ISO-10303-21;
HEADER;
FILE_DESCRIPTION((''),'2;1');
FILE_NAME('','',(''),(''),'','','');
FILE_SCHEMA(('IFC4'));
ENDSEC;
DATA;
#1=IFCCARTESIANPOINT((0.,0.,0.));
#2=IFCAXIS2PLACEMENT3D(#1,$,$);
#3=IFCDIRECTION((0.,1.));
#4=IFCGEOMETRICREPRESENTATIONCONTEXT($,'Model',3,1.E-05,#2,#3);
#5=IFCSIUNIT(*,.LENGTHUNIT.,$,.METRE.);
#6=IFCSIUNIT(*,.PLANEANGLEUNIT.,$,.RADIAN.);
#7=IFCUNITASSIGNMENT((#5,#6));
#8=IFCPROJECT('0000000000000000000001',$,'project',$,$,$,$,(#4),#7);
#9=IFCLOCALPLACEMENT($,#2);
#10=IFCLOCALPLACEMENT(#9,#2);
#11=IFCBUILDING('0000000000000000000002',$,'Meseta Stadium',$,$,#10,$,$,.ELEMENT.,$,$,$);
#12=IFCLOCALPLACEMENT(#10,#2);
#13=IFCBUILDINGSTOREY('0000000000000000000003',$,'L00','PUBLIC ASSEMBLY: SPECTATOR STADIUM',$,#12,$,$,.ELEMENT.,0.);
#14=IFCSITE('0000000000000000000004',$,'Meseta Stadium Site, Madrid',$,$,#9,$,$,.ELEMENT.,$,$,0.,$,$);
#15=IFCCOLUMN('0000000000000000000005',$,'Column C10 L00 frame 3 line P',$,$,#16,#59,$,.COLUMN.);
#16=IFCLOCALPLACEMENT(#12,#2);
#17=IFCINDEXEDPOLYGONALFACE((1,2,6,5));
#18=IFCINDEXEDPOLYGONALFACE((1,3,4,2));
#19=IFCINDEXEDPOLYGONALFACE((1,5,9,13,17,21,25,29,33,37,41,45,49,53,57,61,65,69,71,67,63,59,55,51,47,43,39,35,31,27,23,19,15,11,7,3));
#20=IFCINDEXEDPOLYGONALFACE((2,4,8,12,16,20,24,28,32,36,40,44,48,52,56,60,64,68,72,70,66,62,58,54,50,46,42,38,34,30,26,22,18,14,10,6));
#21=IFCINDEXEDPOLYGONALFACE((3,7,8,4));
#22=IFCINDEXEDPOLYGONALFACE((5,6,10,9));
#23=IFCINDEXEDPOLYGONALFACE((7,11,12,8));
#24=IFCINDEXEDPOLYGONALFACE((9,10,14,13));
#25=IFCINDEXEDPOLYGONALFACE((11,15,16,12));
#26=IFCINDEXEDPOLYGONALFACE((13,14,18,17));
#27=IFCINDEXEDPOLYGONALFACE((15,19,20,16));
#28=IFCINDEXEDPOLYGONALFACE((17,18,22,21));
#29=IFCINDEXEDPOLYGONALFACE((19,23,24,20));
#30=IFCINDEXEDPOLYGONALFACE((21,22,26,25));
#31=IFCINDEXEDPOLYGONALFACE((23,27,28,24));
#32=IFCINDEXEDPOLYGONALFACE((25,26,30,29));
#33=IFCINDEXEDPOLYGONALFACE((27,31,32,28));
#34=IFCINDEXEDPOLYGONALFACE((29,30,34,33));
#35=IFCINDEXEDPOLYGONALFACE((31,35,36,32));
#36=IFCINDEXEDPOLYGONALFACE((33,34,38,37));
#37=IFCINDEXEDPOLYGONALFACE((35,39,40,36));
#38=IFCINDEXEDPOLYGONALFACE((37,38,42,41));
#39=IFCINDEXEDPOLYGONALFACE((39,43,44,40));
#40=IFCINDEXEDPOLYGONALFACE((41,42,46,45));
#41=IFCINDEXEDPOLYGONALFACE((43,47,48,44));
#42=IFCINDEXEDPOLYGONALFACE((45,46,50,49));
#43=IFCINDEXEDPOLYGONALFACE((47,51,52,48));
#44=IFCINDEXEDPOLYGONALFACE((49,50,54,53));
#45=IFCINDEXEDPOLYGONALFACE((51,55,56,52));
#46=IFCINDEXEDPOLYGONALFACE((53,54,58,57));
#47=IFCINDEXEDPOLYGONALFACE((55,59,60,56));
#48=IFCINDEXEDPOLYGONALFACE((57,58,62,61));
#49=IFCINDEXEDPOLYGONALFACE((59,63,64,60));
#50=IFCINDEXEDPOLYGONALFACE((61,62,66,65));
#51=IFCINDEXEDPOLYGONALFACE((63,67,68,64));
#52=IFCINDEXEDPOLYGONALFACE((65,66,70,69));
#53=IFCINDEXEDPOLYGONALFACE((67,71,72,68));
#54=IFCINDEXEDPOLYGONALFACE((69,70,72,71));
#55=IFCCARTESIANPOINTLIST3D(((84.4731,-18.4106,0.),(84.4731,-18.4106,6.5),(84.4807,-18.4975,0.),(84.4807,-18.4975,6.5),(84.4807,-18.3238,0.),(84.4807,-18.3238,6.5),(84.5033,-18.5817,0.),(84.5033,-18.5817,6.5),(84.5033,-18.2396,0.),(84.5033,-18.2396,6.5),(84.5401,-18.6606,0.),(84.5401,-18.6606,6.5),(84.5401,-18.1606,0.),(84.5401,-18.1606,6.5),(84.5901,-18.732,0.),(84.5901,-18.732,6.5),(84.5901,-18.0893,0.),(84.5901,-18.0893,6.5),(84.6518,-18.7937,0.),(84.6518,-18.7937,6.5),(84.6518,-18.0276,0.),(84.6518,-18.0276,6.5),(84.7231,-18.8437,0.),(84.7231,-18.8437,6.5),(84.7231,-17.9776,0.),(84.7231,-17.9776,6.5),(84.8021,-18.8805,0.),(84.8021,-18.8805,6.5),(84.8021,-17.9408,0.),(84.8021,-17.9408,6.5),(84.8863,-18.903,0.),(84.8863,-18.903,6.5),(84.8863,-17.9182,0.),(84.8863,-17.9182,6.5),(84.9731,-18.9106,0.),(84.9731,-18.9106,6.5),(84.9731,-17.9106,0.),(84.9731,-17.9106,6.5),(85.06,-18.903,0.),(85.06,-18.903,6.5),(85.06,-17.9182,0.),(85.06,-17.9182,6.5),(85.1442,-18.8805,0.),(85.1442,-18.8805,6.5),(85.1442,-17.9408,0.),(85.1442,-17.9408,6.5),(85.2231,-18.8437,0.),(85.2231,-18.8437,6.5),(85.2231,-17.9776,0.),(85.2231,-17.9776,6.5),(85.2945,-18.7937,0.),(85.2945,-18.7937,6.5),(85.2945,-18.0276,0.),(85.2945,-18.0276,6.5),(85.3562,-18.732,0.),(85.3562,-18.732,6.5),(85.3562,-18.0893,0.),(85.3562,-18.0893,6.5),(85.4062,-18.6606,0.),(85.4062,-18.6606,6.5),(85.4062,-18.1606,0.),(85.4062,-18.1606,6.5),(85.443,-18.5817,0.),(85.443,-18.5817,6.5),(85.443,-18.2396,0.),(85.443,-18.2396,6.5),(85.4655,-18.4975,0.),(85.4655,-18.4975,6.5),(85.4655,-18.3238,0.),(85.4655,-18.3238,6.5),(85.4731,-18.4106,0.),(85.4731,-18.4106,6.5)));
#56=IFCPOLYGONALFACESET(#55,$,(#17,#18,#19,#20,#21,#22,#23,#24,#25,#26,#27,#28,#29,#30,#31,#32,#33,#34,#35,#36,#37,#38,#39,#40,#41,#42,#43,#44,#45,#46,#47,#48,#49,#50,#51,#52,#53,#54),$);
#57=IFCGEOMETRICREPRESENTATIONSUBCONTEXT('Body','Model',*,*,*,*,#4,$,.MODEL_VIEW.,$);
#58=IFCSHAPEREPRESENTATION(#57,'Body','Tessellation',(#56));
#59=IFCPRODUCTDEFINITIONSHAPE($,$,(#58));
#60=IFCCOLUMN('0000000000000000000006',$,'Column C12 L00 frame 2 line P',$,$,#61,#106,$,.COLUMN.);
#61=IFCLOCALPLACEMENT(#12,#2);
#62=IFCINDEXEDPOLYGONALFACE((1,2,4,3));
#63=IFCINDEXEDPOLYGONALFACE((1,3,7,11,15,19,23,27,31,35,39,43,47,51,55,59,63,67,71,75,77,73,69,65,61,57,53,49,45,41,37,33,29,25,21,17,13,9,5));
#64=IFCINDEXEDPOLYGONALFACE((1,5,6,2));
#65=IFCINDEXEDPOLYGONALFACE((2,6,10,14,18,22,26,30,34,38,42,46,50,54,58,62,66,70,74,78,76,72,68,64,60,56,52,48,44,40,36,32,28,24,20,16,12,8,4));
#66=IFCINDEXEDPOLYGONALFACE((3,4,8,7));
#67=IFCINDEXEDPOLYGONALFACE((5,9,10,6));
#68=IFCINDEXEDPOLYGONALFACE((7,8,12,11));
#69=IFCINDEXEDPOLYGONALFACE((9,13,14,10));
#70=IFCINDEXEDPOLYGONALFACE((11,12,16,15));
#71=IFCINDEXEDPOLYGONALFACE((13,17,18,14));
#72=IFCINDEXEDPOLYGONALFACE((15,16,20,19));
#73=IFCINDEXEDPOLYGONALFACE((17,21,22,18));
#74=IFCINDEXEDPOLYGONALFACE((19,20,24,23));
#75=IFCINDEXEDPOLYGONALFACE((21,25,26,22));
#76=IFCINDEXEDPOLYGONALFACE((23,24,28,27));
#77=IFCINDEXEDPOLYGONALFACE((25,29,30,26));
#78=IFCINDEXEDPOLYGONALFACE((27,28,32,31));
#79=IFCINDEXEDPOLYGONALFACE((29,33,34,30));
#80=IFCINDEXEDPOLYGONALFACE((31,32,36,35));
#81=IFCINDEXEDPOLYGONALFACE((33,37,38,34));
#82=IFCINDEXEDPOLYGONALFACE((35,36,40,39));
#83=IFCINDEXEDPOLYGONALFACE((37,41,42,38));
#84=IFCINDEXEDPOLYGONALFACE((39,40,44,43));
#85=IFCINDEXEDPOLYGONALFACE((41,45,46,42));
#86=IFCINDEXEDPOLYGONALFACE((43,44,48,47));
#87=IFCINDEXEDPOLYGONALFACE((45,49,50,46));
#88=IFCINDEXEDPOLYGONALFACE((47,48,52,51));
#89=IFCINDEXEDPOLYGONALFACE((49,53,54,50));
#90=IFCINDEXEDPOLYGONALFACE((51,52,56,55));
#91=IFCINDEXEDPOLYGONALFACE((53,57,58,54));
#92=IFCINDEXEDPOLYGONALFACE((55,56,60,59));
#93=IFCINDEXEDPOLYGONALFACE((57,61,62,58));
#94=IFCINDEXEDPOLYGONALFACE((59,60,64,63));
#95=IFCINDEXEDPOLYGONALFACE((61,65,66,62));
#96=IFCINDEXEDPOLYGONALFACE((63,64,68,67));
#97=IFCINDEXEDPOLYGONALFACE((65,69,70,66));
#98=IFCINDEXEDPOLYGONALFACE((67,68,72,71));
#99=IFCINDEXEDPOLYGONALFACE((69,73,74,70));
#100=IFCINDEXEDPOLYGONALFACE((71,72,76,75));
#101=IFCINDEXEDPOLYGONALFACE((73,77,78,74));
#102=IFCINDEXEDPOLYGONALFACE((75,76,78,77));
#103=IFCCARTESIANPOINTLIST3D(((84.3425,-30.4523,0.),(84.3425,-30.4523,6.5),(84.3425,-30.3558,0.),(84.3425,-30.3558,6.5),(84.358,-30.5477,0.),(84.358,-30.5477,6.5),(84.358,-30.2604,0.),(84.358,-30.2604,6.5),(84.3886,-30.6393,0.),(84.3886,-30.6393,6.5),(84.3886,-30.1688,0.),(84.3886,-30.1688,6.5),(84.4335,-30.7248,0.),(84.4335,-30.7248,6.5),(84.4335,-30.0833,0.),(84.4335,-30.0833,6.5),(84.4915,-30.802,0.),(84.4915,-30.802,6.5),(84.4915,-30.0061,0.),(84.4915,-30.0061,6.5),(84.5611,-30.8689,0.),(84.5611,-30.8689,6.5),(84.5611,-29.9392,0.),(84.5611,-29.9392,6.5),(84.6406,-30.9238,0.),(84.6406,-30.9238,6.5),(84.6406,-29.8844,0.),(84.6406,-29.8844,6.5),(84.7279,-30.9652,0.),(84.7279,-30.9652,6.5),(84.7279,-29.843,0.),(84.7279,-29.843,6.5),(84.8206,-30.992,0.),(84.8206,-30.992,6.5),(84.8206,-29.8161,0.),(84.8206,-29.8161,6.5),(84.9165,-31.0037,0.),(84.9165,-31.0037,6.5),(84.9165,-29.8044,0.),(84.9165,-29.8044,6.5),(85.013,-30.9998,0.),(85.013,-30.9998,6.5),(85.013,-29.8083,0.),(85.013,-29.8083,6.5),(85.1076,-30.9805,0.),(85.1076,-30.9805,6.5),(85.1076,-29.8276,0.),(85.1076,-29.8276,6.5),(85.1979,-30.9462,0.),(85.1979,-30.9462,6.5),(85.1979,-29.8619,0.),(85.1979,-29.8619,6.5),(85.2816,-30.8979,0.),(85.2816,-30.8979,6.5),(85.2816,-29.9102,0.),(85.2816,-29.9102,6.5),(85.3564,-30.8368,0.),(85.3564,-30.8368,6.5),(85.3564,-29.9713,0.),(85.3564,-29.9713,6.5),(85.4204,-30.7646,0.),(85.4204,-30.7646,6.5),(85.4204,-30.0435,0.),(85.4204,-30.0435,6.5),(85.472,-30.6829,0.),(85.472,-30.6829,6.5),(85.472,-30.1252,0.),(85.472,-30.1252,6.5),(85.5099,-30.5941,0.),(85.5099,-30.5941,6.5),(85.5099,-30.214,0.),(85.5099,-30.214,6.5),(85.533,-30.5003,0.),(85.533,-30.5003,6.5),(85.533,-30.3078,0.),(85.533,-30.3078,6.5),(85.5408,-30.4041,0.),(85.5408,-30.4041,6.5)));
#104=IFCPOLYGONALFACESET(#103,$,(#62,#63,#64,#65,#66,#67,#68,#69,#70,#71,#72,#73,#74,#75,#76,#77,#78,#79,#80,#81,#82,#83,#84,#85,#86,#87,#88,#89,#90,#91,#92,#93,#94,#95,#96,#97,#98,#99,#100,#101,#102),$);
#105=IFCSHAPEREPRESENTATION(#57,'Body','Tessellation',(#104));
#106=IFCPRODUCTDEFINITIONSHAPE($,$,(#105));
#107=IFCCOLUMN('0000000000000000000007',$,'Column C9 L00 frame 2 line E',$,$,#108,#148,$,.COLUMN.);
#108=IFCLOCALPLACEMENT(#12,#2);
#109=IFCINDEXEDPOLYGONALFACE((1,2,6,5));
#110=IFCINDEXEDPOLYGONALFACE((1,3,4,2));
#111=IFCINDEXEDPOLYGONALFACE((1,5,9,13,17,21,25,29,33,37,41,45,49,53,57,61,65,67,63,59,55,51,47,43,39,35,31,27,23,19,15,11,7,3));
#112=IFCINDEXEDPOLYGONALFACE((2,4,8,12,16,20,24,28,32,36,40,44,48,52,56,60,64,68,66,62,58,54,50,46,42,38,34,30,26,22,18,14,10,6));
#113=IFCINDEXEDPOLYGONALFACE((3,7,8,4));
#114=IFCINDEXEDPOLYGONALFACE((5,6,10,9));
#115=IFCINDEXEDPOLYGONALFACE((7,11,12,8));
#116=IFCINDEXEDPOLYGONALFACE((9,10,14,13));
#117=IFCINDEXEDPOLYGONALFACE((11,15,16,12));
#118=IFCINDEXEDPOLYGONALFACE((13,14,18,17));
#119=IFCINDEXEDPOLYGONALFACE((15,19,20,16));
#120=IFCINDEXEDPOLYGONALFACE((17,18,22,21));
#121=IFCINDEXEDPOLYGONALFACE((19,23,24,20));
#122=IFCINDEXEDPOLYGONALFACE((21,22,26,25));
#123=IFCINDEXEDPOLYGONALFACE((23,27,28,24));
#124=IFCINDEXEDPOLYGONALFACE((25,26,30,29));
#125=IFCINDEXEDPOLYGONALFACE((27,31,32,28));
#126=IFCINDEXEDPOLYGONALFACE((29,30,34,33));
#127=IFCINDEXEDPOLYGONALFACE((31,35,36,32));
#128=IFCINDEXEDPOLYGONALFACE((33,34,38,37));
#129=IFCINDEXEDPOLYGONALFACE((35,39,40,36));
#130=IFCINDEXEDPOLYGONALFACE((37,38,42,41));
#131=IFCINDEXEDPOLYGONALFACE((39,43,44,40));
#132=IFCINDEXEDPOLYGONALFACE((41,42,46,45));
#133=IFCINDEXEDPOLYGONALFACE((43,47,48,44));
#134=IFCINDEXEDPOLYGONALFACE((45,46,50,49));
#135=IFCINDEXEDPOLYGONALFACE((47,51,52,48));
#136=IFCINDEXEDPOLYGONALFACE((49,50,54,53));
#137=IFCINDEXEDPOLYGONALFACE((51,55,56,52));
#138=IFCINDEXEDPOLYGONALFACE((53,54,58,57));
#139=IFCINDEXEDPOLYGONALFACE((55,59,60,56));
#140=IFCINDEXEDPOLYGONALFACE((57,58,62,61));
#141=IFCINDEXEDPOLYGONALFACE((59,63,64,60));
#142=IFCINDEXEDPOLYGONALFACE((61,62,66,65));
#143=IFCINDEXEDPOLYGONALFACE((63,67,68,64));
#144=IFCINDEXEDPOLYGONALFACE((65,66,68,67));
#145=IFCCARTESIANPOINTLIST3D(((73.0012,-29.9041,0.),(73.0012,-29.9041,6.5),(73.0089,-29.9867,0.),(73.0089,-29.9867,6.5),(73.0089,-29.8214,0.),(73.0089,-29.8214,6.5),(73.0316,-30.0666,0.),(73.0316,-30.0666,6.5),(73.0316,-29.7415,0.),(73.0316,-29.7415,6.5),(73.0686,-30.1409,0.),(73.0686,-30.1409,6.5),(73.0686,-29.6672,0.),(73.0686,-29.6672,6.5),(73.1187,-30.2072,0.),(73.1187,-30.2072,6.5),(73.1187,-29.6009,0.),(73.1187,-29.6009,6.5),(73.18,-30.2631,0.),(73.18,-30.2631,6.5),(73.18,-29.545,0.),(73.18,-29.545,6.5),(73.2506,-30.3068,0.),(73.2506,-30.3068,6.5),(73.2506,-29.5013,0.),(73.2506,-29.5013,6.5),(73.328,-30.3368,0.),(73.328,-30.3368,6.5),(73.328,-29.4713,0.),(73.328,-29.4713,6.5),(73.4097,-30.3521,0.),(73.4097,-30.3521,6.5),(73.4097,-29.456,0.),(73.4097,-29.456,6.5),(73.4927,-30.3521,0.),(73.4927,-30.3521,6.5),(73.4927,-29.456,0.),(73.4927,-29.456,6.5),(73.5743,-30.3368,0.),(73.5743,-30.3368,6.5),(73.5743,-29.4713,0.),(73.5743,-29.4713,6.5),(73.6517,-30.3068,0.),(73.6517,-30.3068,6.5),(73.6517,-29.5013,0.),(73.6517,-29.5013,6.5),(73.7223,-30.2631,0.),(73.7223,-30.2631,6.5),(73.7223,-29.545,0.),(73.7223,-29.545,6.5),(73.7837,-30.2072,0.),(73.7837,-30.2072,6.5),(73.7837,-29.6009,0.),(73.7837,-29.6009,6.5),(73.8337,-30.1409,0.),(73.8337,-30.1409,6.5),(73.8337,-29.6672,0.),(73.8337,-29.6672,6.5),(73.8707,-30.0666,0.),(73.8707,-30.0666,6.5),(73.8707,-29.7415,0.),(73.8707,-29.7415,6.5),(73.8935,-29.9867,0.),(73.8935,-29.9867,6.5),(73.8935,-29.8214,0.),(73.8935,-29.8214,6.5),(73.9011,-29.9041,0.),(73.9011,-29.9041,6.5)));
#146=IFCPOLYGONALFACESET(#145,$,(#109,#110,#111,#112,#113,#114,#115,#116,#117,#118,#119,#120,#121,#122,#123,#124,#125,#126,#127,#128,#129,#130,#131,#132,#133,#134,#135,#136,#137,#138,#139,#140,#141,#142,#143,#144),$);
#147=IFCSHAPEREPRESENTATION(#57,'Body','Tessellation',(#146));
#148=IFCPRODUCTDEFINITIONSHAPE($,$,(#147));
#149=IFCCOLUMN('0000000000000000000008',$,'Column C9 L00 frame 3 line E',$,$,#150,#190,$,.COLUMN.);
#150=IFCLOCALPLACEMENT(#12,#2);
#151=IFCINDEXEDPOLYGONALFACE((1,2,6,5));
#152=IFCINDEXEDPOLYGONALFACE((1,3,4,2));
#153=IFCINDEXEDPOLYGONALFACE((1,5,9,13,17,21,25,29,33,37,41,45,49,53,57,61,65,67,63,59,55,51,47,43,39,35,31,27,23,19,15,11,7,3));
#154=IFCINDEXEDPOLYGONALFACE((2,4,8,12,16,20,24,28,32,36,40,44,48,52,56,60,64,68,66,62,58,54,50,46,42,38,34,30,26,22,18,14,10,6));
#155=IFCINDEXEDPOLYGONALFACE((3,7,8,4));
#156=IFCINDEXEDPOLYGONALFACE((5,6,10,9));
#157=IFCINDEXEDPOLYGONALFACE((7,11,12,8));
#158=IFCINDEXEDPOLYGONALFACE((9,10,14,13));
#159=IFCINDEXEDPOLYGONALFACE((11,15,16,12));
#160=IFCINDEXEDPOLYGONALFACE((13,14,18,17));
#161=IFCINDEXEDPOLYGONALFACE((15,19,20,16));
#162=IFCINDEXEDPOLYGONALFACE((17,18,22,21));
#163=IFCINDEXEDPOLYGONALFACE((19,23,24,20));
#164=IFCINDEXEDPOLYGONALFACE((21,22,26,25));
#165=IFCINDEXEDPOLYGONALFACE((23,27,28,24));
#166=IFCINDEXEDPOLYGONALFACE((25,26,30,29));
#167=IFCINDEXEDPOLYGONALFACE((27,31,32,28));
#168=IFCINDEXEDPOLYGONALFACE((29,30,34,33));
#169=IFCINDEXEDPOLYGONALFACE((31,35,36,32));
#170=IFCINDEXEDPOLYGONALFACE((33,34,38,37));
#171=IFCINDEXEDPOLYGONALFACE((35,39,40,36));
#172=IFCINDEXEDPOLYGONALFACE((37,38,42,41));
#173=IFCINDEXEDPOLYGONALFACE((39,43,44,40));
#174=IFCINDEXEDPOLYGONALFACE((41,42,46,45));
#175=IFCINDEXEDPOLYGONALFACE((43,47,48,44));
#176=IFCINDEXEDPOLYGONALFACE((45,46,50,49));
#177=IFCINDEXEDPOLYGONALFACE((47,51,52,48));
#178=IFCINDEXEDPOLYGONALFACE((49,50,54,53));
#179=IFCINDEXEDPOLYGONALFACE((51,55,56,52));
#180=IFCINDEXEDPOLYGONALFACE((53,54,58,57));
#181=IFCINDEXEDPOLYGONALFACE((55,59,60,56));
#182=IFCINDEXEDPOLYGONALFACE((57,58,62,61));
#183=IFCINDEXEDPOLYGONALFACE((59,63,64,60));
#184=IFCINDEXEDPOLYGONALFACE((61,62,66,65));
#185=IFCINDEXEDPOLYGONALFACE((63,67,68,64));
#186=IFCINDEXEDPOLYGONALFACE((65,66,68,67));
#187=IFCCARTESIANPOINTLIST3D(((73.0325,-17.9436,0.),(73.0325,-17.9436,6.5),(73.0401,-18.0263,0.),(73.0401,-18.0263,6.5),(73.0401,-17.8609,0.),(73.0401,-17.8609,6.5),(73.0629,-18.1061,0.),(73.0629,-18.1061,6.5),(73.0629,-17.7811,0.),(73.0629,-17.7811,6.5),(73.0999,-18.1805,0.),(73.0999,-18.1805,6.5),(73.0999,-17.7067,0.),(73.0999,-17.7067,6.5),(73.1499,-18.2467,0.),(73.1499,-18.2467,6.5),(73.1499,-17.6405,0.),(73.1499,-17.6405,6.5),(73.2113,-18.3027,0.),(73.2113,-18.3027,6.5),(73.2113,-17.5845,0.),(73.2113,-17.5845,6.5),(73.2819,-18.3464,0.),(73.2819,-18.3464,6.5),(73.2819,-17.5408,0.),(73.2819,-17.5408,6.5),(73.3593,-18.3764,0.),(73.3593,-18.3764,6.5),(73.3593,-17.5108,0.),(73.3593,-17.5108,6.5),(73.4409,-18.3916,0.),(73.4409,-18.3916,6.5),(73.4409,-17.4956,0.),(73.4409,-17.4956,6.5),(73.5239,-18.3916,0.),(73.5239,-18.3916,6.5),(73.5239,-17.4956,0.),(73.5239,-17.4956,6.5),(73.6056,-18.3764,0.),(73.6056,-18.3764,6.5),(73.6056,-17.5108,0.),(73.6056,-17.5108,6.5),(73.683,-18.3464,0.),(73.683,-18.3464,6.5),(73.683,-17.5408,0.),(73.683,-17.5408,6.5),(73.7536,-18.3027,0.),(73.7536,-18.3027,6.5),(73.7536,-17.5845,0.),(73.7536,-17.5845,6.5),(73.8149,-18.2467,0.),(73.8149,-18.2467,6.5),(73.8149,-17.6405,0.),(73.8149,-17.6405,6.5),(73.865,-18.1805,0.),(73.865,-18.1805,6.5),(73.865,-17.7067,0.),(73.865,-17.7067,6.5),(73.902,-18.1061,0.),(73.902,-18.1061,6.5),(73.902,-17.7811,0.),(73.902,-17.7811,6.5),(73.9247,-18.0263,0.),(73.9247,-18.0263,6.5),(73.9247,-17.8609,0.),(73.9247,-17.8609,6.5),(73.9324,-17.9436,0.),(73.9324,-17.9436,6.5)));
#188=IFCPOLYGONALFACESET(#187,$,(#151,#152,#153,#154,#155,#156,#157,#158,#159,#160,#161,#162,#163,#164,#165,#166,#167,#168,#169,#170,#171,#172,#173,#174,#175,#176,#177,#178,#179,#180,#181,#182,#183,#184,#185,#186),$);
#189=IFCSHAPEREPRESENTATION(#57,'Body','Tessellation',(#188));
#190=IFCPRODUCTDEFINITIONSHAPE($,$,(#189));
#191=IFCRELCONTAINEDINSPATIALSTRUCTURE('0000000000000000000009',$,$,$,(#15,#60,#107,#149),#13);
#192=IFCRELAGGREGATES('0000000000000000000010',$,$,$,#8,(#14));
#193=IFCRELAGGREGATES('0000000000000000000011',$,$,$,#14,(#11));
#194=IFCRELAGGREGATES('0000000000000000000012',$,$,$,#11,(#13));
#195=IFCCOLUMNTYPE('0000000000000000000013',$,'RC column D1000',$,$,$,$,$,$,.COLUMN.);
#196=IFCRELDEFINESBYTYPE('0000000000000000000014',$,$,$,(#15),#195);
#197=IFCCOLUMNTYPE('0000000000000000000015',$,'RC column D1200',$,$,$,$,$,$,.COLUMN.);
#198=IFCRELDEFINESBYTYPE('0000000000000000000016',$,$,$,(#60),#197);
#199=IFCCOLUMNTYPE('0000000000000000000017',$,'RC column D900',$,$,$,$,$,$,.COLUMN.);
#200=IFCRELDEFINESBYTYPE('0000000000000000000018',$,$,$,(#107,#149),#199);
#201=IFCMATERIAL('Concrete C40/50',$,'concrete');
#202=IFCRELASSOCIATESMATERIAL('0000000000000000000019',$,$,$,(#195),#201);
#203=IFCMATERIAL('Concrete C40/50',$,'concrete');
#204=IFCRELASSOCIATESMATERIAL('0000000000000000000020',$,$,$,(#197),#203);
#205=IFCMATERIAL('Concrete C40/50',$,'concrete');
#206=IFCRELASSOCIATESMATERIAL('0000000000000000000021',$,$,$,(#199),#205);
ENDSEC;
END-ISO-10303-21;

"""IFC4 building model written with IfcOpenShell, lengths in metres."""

from ifc_helpers import new_model, si_unit, direction, frame, origin, origin_2d, place, context, subcontext, project, spatial, circle, extrude, material, material_profile, profile_set, type_object, element, save


model = new_model("IFC4")

# Units and contexts
model_context = context("Model", 3, precision=1e-05, world=origin(), true_north=direction((0.0, 1.0)))
body_context = subcontext(model_context, "Body", "Model", "MODEL_VIEW")
ifc_project = project(units=[si_unit("LENGTHUNIT", "METRE"), si_unit("PLANEANGLEUNIT", "RADIAN")], contexts=[model_context])

# Site, building, storey
site_placement = place(None, origin())
site = spatial("IfcSite", under=ifc_project, at=site_placement, Name="Meseta Stadium Site, Madrid", CompositionType="ELEMENT", RefElevation=0.0)
building_placement = place(site_placement, origin())
building = spatial("IfcBuilding", under=site, at=building_placement, Name="Meseta Stadium", CompositionType="ELEMENT")
storey_placement = place(building_placement, origin())
storey = spatial("IfcBuildingStorey", under=building, at=storey_placement, Name="L00", Description="PUBLIC ASSEMBLY: SPECTATOR STADIUM", CompositionType="ELEMENT", Elevation=0.0)

# Columns
ifc_material_1 = material(Name="Concrete C40/50", Category="concrete")
ifc_material_profile_1 = material_profile(ifc_material_1, circle(Radius=0.5, at=origin_2d()), Name="RC D1000")
ifc_profile_set_1 = profile_set([ifc_material_profile_1], Name="Concrete C40/50")
column_type_1 = type_object("IfcColumnType", Name="RC column D1000", PredefinedType="COLUMN", material=ifc_profile_set_1)
column_1_placement = place(storey_placement, frame((84.9731, -18.4106, 0.0), z_axis=(0.0, 0.0, 1.0), x_axis=(1.0, 0.0, 0.0)))
element("IfcColumn", 1, at=column_1_placement, inside=storey, type_object=column_type_1, Name="Column C10 L00 frame 3 line P", PredefinedType="COLUMN", context=body_context, shape_type="SweptSolid", body=[
    extrude(circle(Radius=0.5, at=origin_2d()), origin(), (0.0, 0.0, 1.0), 6.5),
])
ifc_material_2 = material(Name="Concrete C40/50", Category="concrete")
ifc_material_profile_2 = material_profile(ifc_material_2, circle(Radius=0.6001, at=origin_2d()), Name="RC D1200")
ifc_profile_set_2 = profile_set([ifc_material_profile_2], Name="Concrete C40/50")
column_type_2 = type_object("IfcColumnType", Name="RC column D1200", PredefinedType="COLUMN", material=ifc_profile_set_2)
column_2_placement = place(storey_placement, frame((84.9407, -30.4041, 0.0), z_axis=(0.0, 0.0, 1.0), x_axis=(1.0, 0.0, 0.0)))
element("IfcColumn", 2, at=column_2_placement, inside=storey, type_object=column_type_2, Name="Column C12 L00 frame 2 line P", PredefinedType="COLUMN", context=body_context, shape_type="SweptSolid", body=[
    extrude(circle(Radius=0.6001, at=origin_2d()), origin(), (0.0, 0.0, 1.0), 6.5),
])
ifc_material_3 = material(Name="Concrete C40/50", Category="concrete")
ifc_material_profile_3 = material_profile(ifc_material_3, circle(Radius=0.45, at=origin_2d()), Name="RC D900")
ifc_profile_set_3 = profile_set([ifc_material_profile_3], Name="Concrete C40/50")
column_type_3 = type_object("IfcColumnType", Name="RC column D900", PredefinedType="COLUMN", material=ifc_profile_set_3)
for number, where, z_axis, x_axis, name in (
    (3, (73.4512, -29.9041, 0.0), (0.0, 0.0, 1.0), (1.0, 0.0, 0.0), "Column C9 L00 frame 2 line E"),
    (4, (73.4824, -17.9436, 0.0), (0.0, 0.0, 1.0), (1.0, 0.0, 0.0), "Column C9 L00 frame 3 line E"),
):
    element("IfcColumn", number, at=place(storey_placement, frame(where, z_axis=z_axis, x_axis=x_axis)), inside=storey, type_object=column_type_3, Name=name, PredefinedType="COLUMN", context=body_context, shape_type="SweptSolid", body=[
        extrude(circle(Radius=0.45, at=origin_2d()), origin(), (0.0, 0.0, 1.0), 6.5),
    ])

save(model, "model.ifc")
